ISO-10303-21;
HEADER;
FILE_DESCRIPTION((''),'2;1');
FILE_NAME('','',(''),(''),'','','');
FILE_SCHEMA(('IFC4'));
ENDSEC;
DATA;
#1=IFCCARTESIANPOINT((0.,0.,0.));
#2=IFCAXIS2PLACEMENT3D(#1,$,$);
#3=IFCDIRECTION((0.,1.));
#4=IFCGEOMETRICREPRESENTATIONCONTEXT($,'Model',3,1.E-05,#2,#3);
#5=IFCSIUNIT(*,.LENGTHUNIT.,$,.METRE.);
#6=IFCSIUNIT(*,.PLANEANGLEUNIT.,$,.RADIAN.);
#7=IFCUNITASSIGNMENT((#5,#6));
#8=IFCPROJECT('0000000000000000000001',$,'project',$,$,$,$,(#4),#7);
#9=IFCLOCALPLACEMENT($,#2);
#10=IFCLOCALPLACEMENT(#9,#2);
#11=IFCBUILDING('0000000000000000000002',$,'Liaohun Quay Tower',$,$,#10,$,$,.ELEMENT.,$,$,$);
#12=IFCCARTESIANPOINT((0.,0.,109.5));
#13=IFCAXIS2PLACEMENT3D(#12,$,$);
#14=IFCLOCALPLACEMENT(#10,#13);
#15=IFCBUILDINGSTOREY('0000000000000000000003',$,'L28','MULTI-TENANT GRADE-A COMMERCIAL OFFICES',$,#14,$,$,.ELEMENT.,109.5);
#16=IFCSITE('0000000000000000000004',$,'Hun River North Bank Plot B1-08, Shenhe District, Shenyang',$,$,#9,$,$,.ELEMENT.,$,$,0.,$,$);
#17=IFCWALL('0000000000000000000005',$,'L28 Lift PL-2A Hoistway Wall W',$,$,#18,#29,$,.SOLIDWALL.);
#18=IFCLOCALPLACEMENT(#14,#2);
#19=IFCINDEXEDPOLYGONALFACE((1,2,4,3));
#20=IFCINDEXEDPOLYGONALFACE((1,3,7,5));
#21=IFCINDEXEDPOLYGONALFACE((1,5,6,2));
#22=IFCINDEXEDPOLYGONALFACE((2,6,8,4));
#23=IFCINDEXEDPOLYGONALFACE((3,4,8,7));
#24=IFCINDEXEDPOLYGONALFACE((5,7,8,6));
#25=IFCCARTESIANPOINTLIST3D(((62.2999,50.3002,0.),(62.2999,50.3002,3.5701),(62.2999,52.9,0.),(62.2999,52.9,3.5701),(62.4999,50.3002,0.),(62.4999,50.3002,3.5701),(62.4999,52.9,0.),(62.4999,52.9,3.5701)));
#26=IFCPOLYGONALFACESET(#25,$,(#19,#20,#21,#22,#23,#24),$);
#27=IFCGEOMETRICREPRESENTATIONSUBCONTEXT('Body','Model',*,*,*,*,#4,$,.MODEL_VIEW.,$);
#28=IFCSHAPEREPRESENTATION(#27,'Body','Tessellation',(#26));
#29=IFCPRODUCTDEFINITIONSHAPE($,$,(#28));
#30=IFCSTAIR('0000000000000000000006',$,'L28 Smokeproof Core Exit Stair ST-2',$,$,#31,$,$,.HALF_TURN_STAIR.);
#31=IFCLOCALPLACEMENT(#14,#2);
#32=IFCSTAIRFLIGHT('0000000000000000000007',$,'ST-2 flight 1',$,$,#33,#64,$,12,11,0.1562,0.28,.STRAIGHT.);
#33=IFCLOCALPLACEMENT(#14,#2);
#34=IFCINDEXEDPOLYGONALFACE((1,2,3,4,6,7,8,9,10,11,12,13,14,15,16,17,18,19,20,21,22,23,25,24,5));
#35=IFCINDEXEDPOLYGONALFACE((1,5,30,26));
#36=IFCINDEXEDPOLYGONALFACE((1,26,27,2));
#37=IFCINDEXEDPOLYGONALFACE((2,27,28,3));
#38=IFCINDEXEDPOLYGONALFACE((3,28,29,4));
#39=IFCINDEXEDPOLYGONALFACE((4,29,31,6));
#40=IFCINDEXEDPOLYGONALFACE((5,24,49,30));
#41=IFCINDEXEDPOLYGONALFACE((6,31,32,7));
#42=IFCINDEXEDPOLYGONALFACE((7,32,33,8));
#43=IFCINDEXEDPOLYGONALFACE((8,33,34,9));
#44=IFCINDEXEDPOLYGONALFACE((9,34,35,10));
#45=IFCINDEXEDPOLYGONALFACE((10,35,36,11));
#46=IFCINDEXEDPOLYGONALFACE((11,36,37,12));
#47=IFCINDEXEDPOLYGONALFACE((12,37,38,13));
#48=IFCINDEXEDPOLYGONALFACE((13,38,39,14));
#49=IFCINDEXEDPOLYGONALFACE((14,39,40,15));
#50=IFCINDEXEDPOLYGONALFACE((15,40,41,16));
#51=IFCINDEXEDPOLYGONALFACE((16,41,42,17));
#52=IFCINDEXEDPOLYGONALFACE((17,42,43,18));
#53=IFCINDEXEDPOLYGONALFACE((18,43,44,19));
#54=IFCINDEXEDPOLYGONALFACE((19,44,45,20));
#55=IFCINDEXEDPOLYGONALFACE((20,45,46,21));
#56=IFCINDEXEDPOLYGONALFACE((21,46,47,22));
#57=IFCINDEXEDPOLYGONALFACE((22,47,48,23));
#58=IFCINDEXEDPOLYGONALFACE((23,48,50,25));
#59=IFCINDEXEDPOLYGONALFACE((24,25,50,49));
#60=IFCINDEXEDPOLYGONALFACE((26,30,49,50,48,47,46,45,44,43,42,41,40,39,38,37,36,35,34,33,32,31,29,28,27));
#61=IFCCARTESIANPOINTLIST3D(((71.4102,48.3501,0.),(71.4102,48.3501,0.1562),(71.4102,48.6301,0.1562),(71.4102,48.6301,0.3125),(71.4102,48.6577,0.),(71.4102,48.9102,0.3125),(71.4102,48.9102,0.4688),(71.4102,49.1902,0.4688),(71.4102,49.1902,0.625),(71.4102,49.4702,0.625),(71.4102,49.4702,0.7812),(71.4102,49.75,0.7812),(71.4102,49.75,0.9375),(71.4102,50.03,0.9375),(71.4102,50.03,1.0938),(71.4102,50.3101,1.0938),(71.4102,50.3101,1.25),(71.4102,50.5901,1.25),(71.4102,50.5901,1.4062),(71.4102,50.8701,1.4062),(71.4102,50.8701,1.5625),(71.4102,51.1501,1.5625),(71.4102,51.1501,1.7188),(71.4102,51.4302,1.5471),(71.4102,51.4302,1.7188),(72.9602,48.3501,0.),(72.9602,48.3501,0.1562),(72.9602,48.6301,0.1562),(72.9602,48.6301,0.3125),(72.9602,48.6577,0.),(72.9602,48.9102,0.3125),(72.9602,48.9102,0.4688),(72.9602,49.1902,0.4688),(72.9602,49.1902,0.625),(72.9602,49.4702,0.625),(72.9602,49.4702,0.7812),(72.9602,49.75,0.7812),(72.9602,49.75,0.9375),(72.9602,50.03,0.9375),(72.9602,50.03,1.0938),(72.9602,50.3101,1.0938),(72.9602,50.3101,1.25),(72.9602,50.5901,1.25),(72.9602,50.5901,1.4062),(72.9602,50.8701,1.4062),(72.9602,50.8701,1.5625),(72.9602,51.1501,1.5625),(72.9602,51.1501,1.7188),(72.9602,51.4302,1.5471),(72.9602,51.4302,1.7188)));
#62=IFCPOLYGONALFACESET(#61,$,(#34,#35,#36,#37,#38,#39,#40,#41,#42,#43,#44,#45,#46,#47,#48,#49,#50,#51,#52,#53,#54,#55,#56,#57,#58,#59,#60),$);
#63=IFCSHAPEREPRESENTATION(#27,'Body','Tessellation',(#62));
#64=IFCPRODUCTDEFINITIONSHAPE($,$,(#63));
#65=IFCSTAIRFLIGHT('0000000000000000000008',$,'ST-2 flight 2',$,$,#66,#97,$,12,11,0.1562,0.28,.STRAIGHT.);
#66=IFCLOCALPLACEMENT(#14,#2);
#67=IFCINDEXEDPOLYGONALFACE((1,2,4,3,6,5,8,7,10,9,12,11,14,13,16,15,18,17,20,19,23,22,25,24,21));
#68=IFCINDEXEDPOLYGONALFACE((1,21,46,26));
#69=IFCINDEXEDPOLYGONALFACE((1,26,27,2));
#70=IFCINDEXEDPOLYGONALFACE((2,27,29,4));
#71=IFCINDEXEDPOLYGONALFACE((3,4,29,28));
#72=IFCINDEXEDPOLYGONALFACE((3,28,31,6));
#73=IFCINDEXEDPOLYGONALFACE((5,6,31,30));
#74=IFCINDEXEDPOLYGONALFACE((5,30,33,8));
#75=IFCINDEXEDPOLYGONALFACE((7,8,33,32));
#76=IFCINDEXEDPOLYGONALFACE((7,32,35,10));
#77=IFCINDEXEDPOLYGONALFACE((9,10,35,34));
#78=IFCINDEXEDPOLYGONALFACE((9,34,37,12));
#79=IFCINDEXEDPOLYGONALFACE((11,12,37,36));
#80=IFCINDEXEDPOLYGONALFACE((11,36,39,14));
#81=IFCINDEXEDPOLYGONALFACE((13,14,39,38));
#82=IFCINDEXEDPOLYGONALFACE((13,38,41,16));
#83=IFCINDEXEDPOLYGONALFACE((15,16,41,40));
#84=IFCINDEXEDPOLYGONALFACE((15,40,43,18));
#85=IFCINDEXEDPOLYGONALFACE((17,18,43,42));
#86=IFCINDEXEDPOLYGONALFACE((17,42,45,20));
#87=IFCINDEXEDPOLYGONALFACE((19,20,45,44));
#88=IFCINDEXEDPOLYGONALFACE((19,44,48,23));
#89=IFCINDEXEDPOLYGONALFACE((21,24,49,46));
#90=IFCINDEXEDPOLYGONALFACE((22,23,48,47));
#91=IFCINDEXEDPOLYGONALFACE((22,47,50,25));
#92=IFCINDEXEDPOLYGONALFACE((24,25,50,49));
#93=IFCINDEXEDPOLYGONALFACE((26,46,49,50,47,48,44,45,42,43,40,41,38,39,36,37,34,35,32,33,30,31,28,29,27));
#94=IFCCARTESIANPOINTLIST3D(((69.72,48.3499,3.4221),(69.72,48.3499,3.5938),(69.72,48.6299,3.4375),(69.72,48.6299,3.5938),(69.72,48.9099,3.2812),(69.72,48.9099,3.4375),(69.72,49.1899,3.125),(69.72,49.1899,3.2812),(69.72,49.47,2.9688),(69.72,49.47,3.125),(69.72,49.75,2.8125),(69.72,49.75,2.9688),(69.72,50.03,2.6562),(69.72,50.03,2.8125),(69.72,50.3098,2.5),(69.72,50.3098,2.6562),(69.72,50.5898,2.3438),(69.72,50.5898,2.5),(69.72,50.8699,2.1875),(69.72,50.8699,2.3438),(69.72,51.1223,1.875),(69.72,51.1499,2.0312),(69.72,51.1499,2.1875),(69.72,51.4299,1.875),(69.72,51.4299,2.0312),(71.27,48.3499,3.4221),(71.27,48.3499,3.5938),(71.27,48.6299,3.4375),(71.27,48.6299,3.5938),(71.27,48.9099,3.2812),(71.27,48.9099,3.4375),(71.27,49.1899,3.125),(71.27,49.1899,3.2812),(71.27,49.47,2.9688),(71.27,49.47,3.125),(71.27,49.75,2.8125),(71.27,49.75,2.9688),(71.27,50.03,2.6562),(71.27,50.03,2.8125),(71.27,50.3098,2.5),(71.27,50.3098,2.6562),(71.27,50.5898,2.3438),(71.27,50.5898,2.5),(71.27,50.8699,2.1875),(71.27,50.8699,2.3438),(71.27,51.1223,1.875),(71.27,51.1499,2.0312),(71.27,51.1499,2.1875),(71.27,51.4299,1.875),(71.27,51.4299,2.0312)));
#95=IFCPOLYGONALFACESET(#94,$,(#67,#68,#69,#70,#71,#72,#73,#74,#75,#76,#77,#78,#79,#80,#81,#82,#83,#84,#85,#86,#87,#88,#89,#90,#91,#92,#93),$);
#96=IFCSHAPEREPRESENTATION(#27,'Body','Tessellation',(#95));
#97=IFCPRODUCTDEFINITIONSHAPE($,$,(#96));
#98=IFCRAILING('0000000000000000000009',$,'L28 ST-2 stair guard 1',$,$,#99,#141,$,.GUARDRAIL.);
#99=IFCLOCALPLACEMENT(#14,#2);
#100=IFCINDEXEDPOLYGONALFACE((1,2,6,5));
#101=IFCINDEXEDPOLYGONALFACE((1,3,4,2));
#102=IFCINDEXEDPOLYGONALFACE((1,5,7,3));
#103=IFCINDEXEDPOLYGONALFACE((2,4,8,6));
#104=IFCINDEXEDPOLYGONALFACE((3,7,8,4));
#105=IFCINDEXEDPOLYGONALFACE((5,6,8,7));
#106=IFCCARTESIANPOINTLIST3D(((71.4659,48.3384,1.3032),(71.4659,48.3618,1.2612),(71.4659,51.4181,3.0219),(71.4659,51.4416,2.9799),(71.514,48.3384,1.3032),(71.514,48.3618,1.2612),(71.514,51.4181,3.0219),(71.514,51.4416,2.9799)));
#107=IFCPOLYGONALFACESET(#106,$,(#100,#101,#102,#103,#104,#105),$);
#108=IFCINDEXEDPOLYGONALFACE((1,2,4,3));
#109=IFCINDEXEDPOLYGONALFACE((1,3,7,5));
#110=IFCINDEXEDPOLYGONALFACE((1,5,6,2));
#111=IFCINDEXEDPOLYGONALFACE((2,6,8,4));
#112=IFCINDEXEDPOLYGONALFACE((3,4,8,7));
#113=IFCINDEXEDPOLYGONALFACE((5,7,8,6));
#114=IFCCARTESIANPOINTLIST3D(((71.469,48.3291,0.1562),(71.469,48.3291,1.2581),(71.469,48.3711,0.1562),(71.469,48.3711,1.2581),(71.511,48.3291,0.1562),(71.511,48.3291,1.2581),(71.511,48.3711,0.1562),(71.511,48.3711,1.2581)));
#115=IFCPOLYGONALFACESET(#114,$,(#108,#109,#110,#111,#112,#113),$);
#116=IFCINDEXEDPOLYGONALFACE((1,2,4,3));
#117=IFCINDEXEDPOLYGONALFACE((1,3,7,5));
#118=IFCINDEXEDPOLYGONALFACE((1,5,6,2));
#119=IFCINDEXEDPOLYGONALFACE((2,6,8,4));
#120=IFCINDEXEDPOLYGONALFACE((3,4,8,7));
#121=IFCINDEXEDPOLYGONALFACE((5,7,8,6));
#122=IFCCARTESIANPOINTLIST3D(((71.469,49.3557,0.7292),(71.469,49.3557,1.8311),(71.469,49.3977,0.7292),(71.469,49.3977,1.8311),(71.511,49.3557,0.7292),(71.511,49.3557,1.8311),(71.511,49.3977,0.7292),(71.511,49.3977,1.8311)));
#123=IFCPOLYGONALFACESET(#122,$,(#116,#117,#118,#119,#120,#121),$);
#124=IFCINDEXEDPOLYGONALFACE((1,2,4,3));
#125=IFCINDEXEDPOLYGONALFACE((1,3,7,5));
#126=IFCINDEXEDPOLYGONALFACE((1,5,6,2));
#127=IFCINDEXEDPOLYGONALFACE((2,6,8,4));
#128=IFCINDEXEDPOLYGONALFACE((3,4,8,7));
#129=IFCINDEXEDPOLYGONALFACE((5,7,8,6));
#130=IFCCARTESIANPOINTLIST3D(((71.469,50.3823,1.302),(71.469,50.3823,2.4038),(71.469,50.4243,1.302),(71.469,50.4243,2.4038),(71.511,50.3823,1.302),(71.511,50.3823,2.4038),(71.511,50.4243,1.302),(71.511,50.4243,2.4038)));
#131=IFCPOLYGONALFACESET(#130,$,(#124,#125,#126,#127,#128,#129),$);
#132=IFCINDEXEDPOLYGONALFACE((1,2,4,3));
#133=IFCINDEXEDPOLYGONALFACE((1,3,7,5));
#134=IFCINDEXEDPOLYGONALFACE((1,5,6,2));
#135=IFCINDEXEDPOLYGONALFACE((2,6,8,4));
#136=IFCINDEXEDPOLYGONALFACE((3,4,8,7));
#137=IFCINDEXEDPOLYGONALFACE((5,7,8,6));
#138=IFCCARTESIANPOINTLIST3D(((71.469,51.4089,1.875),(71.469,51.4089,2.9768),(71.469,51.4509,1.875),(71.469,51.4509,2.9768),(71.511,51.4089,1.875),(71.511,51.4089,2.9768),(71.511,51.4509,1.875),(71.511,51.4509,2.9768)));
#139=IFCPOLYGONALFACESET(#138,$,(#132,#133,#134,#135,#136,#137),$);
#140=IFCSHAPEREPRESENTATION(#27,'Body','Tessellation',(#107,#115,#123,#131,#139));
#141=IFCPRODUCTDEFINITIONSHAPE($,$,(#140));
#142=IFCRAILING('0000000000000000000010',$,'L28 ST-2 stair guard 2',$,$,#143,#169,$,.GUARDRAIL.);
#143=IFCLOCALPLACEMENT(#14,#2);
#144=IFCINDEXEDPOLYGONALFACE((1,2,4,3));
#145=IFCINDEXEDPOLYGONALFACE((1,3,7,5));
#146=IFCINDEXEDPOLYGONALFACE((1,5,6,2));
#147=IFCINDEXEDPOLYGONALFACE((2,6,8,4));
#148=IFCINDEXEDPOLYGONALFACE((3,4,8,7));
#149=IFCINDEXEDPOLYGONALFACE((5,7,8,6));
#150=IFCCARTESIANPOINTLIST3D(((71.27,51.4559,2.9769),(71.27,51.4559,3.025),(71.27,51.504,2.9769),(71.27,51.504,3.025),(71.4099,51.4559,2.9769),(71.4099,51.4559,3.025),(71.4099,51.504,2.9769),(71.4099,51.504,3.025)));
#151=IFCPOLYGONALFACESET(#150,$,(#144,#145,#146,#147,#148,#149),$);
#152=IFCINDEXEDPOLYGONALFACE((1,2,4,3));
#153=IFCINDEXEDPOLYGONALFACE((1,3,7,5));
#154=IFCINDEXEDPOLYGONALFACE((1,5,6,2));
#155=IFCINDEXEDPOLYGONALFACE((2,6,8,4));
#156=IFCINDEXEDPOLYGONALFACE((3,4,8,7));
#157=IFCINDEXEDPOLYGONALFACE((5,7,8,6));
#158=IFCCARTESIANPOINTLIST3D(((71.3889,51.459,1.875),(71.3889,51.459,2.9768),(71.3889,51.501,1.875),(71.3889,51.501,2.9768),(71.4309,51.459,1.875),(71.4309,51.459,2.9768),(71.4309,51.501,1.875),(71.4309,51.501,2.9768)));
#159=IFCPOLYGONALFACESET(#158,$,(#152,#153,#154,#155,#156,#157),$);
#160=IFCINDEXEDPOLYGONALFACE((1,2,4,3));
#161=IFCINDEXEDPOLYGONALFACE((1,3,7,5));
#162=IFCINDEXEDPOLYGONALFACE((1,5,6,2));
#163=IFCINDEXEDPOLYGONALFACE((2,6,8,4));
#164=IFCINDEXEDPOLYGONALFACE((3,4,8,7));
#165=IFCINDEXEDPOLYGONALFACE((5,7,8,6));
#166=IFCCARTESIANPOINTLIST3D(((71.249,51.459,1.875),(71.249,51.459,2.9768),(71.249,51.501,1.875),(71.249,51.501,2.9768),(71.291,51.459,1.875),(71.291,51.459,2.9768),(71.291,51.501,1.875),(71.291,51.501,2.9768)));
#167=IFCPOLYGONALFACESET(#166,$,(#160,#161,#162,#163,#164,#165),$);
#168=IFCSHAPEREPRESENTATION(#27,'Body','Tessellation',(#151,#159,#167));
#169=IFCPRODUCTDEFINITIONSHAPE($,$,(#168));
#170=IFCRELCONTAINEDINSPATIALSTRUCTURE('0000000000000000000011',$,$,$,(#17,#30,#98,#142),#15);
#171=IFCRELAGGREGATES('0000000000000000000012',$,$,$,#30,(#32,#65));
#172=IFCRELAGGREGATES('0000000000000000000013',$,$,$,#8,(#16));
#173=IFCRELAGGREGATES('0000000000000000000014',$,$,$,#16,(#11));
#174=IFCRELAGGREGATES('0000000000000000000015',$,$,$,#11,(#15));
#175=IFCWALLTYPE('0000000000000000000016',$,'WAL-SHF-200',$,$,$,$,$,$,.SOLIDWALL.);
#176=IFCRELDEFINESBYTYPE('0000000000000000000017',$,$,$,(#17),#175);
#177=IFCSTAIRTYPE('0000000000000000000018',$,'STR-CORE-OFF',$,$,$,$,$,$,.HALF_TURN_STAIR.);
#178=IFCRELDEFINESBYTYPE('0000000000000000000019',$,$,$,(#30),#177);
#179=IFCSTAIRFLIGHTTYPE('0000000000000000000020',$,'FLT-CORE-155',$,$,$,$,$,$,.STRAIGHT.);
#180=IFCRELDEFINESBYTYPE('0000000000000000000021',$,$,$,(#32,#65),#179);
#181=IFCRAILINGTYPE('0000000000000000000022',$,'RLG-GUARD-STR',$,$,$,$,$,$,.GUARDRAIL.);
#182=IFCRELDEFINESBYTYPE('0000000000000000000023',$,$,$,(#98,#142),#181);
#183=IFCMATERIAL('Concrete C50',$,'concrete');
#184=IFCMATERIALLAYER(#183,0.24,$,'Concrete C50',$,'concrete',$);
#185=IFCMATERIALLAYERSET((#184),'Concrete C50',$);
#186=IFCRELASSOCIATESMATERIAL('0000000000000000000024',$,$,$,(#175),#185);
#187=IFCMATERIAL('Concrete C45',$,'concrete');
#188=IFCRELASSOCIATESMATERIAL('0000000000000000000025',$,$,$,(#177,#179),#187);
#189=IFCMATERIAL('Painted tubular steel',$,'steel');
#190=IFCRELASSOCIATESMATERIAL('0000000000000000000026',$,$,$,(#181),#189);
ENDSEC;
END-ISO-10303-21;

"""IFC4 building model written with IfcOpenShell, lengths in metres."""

from ifc_helpers import new_model, si_unit, direction, frame, frame_2d, origin, origin_2d, place, context, subcontext, project, spatial, polyline, rectangle, outline, extrude, material, layer, layer_set, type_object, element, aggregate, save


model = new_model("IFC4")

# Units and contexts
model_context = context("Model", 3, precision=1e-05, world=origin(), true_north=direction((0.0, 1.0)))
body_context = subcontext(model_context, "Body", "Model", "MODEL_VIEW")
ifc_project = project(units=[si_unit("LENGTHUNIT", "METRE"), si_unit("PLANEANGLEUNIT", "RADIAN")], contexts=[model_context])

# Site, building, storey
site_placement = place(None, origin())
site = spatial("IfcSite", under=ifc_project, at=site_placement, Name="Hun River North Bank Plot B1-08, Shenhe District, Shenyang", CompositionType="ELEMENT", RefElevation=0.0)
building_placement = place(site_placement, origin())
building = spatial("IfcBuilding", under=site, at=building_placement, Name="Liaohun Quay Tower", CompositionType="ELEMENT")
storey_placement = place(building_placement, frame((0.0, 0.0, 109.5)))
storey = spatial("IfcBuildingStorey", under=building, at=storey_placement, Name="L28", Description="MULTI-TENANT GRADE-A COMMERCIAL OFFICES", CompositionType="ELEMENT", Elevation=109.5)

# Shared definitions
ifc_material_1 = material(Name="Concrete C50", Category="concrete")
ifc_layer_1 = layer(ifc_material_1, 0.24, Name="Concrete C50", Category="concrete")
ifc_layer_set_1 = layer_set([ifc_layer_1], Name="Concrete C50")
wall_type_1 = type_object("IfcWallType", Name="WAL-SHF-200", PredefinedType="SOLIDWALL", material=ifc_layer_set_1)

# Wall
wall_1_placement = place(storey_placement, frame((62.3999, 52.8999, 0.0), z_axis=(0.0, 0.0, 1.0), x_axis=(0.0, -1.0, 0.0)))
element("IfcWall", 1, at=wall_1_placement, inside=storey, type_object=wall_type_1, Name="L28 Lift PL-2A Hoistway Wall W", PredefinedType="SOLIDWALL", context=body_context, shape_type="SweptSolid", body=[
    extrude(rectangle(XDim=2.5999, YDim=0.2, at=frame_2d((1.2998, 0.0))), origin(), (0.0, 0.0, 1.0), 3.5701),
])

# Stair, stair flights
ifc_material_2 = material(Name="Concrete C45", Category="concrete")
stair_type = type_object("IfcStairType", Name="STR-CORE-OFF", PredefinedType="HALF_TURN_STAIR", material=ifc_material_2)
stair_placement = place(storey_placement, origin())
stair = element("IfcStair", 2, at=stair_placement, inside=storey, type_object=stair_type, Name="L28 Smokeproof Core Exit Stair ST-2", PredefinedType="HALF_TURN_STAIR")
stair_flight_type = type_object("IfcStairFlightType", Name="FLT-CORE-155", PredefinedType="STRAIGHT", material=ifc_material_2)
stair_flight_1_placement = place(storey_placement, frame((72.1851, 48.3501, 0.0), z_axis=(0.0, 0.0, 1.0), x_axis=(0.0, 1.0, 0.0)))
stair_flight_1 = element("IfcStairFlight", 3, at=stair_flight_1_placement, type_object=stair_flight_type, Name="ST-2 flight 1", NumberOfRisers=12, NumberOfTreads=11, PredefinedType="STRAIGHT", RiserHeight=0.1562, TreadLength=0.28, context=body_context, shape_type="SweptSolid", body=[
    extrude(outline(polyline([(0.0, 0.0), (0.0, 0.1562), (0.28, 0.1562), (0.28, 0.3125), (0.5601, 0.3125), (0.5601, 0.4688), (0.8401, 0.4688), (0.8401, 0.625), (1.1201, 0.625), (1.1201, 0.7812), (1.3999, 0.7812), (1.3999, 0.9375), (1.6799, 0.9375), (1.6799, 1.0938), (1.96, 1.0938), (1.96, 1.25), (2.24, 1.25), (2.24, 1.4062), (2.52, 1.4062), (2.52, 1.5625), (2.8, 1.5625), (2.8, 1.7188), (3.0801, 1.7188), (3.0801, 1.875), (3.0801, 1.5471), (0.3076, 0.0), (0.0, 0.0)])), frame((0.0, 0.7749, 0.0), z_axis=(0.0, -1.0, 0.0), x_axis=(1.0, 0.0, 0.0)), (0.0, 0.0, 1.0), 1.55),
])
stair_flight_2_placement = place(storey_placement, frame((70.4951, 51.4299, 1.875), z_axis=(0.0, 0.0, 1.0), x_axis=(0.0, -1.0, 0.0)))
stair_flight_2 = element("IfcStairFlight", 4, at=stair_flight_2_placement, type_object=stair_flight_type, Name="ST-2 flight 2", NumberOfRisers=12, NumberOfTreads=11, PredefinedType="STRAIGHT", RiserHeight=0.1562, TreadLength=0.28, context=body_context, shape_type="SweptSolid", body=[
    extrude(outline(polyline([(0.0, 0.0), (0.0, 0.1562), (0.28, 0.1562), (0.28, 0.3125), (0.5601, 0.3125), (0.5601, 0.4688), (0.8401, 0.4688), (0.8401, 0.625), (1.1201, 0.625), (1.1201, 0.7812), (1.3999, 0.7812), (1.3999, 0.9375), (1.6799, 0.9375), (1.6799, 1.0938), (1.96, 1.0938), (1.96, 1.25), (2.24, 1.25), (2.24, 1.4062), (2.52, 1.4062), (2.52, 1.5625), (2.8, 1.5625), (2.8, 1.7188), (3.0801, 1.7188), (3.0801, 1.875), (3.0801, 1.5471), (0.3076, 0.0), (0.0, 0.0)])), frame((0.0, 0.7749, 0.0), z_axis=(0.0, -1.0, 0.0), x_axis=(1.0, 0.0, 0.0)), (0.0, 0.0, 1.0), 1.55),
])
aggregate(stair, [stair_flight_1, stair_flight_2])

# Railings
ifc_material_3 = material(Name="Painted tubular steel", Category="steel")
railing_type_1 = type_object("IfcRailingType", Name="RLG-GUARD-STR", PredefinedType="GUARDRAIL", material=ifc_material_3)
railing_1_placement = place(storey_placement, frame((71.49, 48.3501, 0.1562)))
element("IfcRailing", 5, at=railing_1_placement, inside=storey, type_object=railing_type_1, Name="L28 ST-2 stair guard 1", PredefinedType="GUARDRAIL", context=body_context, shape_type="SweptSolid", body=[
    extrude(rectangle(XDim=0.0481, YDim=0.0481, at=origin_2d()), frame((0.0, 0.0, 1.126), z_axis=(0.0, 0.873225, 0.487317), x_axis=(-1.0, 0.0, 0.0)), (0.0, 0.0, 1.0), 3.5269),
    extrude(rectangle(XDim=0.042, YDim=0.042, at=origin_2d()), origin(), (0.0, 0.0, 1.0), 1.1018),
    extrude(rectangle(XDim=0.042, YDim=0.042, at=origin_2d()), frame((0.0, 1.0266, 0.573)), (0.0, 0.0, 1.0), 1.1018),
    extrude(rectangle(XDim=0.042, YDim=0.042, at=origin_2d()), frame((0.0, 2.0532, 1.1458)), (0.0, 0.0, 1.0), 1.1018),
    extrude(rectangle(XDim=0.042, YDim=0.042, at=origin_2d()), frame((0.0, 3.0798, 1.7188)), (0.0, 0.0, 1.0), 1.1018),
])
railing_2_placement = place(storey_placement, frame((71.4099, 51.48, 1.875)))
element("IfcRailing", 6, at=railing_2_placement, inside=storey, type_object=railing_type_1, Name="L28 ST-2 stair guard 2", PredefinedType="GUARDRAIL", context=body_context, shape_type="SweptSolid", body=[
    extrude(rectangle(XDim=0.0481, YDim=0.0481, at=origin_2d()), frame((0.0, 0.0, 1.126), z_axis=(-1.0, 0.0, 0.0), x_axis=(0.0, -1.0, 0.0)), (0.0, 0.0, 1.0), 0.1399),
    extrude(rectangle(XDim=0.042, YDim=0.042, at=origin_2d()), origin(), (0.0, 0.0, 1.0), 1.1018),
    extrude(rectangle(XDim=0.042, YDim=0.042, at=origin_2d()), frame((-0.1399, 0.0, 0.0)), (0.0, 0.0, 1.0), 1.1018),
])

save(model, "model.ifc")
